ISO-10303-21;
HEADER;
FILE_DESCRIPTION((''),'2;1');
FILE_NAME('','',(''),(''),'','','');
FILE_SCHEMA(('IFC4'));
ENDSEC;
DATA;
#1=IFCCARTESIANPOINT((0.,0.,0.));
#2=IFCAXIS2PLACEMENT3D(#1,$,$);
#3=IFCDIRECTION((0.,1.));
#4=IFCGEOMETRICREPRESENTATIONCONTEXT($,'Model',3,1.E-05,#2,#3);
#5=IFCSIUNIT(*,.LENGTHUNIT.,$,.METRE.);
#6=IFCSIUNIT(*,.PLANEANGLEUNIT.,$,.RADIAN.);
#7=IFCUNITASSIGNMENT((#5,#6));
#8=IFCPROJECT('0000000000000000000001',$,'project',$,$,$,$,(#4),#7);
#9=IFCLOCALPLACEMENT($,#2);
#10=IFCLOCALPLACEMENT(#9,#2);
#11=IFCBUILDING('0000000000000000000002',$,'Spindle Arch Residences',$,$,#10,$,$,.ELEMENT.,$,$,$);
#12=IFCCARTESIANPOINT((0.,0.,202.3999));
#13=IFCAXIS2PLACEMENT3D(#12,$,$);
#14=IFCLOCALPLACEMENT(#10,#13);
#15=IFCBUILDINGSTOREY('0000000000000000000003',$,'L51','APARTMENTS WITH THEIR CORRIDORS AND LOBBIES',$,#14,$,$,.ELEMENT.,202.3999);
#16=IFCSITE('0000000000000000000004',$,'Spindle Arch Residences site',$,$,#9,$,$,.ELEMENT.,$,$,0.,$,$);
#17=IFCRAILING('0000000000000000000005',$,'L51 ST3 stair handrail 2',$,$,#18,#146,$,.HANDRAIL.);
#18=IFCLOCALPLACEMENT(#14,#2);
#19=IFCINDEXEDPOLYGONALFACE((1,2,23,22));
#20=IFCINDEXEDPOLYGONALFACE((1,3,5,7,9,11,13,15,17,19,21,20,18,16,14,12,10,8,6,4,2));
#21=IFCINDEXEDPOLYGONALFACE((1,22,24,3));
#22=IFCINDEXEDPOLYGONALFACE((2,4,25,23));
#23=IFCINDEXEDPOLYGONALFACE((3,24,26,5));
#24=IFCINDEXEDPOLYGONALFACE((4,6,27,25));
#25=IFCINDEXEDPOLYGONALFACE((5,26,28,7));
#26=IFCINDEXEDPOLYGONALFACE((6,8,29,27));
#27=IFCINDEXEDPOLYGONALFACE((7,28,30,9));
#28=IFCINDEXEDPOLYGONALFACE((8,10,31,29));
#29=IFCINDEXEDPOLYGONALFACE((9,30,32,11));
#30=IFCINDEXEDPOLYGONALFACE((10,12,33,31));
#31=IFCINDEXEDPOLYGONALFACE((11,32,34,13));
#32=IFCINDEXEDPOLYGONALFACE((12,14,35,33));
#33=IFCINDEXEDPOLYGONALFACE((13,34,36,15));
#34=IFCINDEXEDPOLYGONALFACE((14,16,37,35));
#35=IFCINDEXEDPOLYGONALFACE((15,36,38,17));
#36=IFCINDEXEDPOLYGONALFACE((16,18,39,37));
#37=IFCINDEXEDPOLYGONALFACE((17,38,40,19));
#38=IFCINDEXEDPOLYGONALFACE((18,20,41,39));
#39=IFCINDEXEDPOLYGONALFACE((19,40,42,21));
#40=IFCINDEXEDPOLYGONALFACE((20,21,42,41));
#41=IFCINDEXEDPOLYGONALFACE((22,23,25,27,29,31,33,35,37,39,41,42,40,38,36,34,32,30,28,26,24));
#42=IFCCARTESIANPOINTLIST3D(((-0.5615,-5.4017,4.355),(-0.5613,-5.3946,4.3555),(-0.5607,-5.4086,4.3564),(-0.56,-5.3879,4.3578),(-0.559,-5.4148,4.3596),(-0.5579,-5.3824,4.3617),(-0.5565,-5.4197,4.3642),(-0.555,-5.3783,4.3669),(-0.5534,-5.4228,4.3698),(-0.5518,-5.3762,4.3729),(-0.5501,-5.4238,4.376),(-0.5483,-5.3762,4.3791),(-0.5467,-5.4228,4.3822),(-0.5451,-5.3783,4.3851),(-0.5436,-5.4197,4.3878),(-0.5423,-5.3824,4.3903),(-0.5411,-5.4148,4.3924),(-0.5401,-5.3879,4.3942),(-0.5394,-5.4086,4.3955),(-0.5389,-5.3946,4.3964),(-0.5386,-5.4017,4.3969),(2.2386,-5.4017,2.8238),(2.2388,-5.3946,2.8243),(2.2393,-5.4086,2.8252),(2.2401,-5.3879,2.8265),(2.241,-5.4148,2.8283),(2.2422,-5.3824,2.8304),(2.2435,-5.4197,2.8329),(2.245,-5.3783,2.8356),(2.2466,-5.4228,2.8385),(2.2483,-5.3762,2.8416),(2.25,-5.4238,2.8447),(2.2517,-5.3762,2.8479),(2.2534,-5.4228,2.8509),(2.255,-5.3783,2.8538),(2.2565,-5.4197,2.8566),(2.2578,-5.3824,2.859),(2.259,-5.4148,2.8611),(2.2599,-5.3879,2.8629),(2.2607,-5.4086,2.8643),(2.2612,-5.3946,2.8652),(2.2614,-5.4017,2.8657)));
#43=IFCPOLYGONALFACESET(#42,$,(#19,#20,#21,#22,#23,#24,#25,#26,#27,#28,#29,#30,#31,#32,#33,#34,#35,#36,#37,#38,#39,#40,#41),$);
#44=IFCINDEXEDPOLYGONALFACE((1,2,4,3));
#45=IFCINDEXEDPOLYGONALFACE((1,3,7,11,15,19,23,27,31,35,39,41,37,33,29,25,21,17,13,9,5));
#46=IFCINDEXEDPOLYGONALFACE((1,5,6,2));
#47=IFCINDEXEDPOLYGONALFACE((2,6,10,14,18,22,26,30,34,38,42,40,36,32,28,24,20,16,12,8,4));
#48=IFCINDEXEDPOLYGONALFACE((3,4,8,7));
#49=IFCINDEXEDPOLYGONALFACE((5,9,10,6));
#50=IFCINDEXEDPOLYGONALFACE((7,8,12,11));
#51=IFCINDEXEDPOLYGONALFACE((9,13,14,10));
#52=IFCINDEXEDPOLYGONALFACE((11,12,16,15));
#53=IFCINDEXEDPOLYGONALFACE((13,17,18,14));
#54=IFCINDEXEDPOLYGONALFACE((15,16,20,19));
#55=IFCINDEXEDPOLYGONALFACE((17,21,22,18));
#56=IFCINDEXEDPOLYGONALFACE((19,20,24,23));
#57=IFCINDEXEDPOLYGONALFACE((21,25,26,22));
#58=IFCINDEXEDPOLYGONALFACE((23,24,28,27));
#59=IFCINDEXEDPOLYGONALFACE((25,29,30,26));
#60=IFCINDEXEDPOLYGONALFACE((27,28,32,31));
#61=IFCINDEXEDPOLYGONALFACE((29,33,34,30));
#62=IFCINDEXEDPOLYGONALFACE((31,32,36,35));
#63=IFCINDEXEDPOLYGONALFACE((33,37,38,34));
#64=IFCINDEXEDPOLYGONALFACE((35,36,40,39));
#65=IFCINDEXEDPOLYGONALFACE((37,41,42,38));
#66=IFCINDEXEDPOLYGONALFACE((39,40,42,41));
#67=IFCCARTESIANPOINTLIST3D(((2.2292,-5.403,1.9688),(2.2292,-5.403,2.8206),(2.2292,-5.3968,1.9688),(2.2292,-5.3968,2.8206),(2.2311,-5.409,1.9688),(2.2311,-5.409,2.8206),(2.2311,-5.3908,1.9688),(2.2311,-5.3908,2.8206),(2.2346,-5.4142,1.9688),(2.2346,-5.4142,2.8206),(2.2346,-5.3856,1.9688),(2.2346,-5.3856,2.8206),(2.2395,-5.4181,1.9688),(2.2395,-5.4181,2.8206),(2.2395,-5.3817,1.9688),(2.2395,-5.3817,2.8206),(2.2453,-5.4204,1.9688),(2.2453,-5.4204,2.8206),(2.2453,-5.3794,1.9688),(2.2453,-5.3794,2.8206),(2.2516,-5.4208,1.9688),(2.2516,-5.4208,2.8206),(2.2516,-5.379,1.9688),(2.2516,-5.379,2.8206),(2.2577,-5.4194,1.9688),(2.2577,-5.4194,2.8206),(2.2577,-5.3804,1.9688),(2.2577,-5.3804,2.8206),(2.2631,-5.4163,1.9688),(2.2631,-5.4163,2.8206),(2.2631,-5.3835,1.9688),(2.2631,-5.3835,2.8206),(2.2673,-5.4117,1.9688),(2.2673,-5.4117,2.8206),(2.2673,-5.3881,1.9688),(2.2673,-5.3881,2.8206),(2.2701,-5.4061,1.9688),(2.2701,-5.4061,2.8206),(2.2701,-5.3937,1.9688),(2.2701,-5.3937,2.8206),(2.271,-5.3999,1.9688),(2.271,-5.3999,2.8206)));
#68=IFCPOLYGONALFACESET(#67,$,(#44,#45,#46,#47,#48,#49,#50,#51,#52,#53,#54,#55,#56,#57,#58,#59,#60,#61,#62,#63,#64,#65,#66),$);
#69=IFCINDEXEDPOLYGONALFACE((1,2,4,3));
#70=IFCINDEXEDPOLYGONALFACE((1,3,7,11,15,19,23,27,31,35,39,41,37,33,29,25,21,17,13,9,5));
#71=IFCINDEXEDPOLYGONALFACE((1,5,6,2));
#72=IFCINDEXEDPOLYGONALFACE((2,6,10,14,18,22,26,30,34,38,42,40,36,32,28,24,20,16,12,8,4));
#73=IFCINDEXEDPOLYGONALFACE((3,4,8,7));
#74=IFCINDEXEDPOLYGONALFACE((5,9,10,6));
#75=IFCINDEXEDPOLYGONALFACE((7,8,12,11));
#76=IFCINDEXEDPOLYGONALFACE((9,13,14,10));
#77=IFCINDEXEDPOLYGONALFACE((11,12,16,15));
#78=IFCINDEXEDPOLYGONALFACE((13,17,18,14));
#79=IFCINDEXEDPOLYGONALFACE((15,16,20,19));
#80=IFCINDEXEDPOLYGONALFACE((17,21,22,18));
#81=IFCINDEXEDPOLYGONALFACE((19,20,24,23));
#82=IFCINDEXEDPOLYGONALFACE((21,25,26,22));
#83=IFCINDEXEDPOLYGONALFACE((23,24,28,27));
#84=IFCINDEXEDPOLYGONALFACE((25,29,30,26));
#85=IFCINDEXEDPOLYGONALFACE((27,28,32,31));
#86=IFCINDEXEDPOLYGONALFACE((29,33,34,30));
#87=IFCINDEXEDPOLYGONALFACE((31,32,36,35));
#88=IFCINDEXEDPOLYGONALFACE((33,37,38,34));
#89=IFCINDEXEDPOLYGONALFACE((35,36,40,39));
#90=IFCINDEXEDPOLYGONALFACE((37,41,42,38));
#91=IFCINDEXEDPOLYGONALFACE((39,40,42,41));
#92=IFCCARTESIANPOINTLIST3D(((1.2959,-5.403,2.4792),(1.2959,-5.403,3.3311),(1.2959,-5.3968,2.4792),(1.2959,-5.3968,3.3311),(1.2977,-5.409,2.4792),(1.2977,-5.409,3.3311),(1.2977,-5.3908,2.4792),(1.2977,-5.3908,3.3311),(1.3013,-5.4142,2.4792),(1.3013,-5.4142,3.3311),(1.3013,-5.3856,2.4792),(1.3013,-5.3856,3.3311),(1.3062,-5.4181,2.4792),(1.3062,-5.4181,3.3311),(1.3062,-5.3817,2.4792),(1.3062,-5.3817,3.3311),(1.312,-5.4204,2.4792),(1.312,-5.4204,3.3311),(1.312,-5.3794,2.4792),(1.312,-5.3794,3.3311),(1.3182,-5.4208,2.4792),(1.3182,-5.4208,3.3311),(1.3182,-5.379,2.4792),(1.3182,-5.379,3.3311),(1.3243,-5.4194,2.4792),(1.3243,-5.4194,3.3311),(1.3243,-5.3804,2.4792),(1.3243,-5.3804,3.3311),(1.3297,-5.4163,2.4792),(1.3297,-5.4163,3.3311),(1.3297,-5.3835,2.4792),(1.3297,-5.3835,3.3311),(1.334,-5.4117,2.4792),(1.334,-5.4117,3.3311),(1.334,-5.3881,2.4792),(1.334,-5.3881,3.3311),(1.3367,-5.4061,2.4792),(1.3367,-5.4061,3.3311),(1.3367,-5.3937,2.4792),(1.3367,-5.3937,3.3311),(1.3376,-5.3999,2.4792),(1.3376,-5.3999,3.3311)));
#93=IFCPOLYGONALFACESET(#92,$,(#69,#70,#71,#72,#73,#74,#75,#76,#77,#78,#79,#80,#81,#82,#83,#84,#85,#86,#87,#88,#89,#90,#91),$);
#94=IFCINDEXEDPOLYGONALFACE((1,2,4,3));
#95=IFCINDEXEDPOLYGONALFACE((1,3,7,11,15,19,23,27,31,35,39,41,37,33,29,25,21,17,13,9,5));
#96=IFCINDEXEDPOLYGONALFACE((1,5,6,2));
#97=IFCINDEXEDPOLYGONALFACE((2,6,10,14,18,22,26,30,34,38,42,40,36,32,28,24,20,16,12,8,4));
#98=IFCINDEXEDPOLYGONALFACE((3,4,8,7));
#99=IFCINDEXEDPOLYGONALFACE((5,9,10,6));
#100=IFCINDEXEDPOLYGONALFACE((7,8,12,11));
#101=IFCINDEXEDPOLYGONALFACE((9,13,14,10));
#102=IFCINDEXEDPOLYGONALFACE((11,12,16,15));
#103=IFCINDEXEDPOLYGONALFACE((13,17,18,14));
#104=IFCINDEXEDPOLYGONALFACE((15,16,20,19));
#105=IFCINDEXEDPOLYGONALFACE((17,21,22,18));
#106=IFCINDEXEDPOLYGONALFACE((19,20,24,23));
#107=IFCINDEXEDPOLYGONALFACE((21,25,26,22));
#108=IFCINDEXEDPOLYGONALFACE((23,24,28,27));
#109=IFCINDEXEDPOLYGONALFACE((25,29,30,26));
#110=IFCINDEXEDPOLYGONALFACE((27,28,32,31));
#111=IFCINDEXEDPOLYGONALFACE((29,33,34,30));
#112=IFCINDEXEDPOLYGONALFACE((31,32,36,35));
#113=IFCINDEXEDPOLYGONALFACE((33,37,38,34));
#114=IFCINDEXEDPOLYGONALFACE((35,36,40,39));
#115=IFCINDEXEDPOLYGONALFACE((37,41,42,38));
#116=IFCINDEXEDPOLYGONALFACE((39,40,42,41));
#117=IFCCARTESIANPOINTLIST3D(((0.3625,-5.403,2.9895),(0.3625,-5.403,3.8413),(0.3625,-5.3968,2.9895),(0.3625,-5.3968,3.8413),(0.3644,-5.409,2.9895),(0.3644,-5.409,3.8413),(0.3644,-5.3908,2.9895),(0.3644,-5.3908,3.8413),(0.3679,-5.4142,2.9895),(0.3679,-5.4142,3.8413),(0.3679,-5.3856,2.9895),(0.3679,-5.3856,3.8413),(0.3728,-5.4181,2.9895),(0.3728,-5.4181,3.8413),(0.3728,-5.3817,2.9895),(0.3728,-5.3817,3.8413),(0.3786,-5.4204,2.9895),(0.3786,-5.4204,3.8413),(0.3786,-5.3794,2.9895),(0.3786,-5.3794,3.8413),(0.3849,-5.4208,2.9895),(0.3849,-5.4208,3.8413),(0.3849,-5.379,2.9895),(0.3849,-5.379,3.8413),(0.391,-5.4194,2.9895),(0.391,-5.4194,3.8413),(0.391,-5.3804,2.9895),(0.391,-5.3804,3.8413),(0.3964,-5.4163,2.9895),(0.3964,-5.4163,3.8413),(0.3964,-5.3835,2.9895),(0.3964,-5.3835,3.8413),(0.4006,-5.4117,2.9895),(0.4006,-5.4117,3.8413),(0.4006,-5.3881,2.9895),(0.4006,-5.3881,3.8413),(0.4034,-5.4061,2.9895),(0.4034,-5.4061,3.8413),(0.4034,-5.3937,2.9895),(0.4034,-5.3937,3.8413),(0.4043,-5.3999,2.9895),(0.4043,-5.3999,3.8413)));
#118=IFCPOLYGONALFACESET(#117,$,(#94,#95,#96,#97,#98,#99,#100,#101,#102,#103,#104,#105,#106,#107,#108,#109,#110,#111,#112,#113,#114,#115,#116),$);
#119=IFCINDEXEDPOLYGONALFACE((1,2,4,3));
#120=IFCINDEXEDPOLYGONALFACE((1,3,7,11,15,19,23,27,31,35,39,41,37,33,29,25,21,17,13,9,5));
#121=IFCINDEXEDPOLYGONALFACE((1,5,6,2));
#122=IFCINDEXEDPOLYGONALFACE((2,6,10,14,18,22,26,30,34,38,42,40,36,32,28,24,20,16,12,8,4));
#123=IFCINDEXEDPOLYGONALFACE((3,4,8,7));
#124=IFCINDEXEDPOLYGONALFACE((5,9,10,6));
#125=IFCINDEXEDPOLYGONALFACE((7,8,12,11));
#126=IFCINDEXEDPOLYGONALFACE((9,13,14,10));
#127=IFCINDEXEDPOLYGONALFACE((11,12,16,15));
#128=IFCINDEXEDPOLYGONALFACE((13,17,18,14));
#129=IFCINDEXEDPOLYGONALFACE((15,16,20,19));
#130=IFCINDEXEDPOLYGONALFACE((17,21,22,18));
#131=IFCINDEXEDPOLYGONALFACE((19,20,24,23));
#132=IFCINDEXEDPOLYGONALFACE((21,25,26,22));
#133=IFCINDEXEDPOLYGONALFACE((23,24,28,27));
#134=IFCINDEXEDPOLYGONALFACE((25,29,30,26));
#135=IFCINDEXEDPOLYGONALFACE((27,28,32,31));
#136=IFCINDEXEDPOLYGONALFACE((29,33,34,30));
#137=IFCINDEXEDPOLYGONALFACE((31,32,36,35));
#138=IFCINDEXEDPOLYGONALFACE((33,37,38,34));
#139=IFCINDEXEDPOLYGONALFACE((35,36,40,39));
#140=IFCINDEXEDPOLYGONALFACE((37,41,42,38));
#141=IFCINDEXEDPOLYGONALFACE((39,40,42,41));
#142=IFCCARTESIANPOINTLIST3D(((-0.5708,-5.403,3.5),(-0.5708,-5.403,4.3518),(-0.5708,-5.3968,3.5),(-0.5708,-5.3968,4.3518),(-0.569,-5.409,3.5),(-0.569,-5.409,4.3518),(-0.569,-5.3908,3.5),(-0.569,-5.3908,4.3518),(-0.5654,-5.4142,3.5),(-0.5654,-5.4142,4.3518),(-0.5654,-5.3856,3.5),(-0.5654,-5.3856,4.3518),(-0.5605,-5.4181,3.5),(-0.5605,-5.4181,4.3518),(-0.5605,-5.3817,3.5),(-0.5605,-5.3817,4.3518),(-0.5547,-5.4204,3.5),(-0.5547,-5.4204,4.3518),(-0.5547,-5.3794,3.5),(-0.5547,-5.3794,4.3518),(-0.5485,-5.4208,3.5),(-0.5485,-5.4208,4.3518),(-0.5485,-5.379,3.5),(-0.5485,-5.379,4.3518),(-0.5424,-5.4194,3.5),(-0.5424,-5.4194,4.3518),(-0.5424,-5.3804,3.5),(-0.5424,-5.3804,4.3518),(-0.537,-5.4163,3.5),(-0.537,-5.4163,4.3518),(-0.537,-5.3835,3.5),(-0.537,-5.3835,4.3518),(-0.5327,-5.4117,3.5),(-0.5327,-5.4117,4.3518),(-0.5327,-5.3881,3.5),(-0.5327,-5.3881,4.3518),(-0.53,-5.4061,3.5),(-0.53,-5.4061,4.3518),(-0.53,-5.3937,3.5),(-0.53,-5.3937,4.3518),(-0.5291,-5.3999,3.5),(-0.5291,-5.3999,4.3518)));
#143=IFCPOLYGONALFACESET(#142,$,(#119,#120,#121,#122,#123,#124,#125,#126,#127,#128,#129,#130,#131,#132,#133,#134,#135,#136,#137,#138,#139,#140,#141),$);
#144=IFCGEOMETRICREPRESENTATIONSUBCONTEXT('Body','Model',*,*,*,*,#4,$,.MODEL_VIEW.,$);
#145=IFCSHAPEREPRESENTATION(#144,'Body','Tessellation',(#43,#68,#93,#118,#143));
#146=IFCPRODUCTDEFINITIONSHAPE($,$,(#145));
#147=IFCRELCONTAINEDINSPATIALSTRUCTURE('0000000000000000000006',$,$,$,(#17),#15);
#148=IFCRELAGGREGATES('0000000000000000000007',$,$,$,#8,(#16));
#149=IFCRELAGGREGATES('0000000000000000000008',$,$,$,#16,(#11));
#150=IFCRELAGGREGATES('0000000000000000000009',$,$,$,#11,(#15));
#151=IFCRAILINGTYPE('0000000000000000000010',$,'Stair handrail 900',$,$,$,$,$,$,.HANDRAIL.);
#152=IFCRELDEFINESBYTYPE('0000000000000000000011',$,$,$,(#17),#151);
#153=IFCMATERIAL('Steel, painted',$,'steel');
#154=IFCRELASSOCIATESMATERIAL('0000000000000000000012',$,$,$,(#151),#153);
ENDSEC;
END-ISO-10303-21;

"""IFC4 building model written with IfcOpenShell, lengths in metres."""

from ifc_helpers import new_model, si_unit, direction, frame, origin, origin_2d, place, context, subcontext, project, spatial, circle, extrude, material, type_object, element, save


model = new_model("IFC4")

# Units and contexts
model_context = context("Model", 3, precision=1e-05, world=origin(), true_north=direction((0.0, 1.0)))
body_context = subcontext(model_context, "Body", "Model", "MODEL_VIEW")
ifc_project = project(units=[si_unit("LENGTHUNIT", "METRE"), si_unit("PLANEANGLEUNIT", "RADIAN")], contexts=[model_context])

# Site, building, storey
site_placement = place(None, origin())
site = spatial("IfcSite", under=ifc_project, at=site_placement, Name="Spindle Arch Residences site", CompositionType="ELEMENT", RefElevation=0.0)
building_placement = place(site_placement, origin())
building = spatial("IfcBuilding", under=site, at=building_placement, Name="Spindle Arch Residences", CompositionType="ELEMENT")
storey_placement = place(building_placement, frame((0.0, 0.0, 202.3999)))
storey = spatial("IfcBuildingStorey", under=building, at=storey_placement, Name="L51", Description="APARTMENTS WITH THEIR CORRIDORS AND LOBBIES", CompositionType="ELEMENT", Elevation=202.3999)

# Railing
ifc_material_1 = material(Name="Steel, painted", Category="steel")
railing_type_1 = type_object("IfcRailingType", Name="Stair handrail 900", PredefinedType="HANDRAIL", material=ifc_material_1)
railing_1_placement = place(storey_placement, frame((2.25, -5.3999, 1.9688)))
element("IfcRailing", 1, at=railing_1_placement, inside=storey, type_object=railing_type_1, Name="L51 ST3 stair handrail 2", PredefinedType="HANDRAIL", context=body_context, shape_type="SweptSolid", body=[
    extrude(circle(Radius=0.0239, at=origin_2d()), frame((0.0, 0.0, 0.876), z_axis=(-0.877375, 0.0, 0.479806), x_axis=(0.0, -1.0, 0.0)), (0.0, 0.0, 1.0), 3.1914),
    extrude(circle(Radius=0.021, at=origin_2d()), origin(), (0.0, 0.0, 1.0), 0.8518),
    extrude(circle(Radius=0.021, at=origin_2d()), frame((-0.9333, 0.0, 0.5105)), (0.0, 0.0, 1.0), 0.8518),
    extrude(circle(Radius=0.021, at=origin_2d()), frame((-1.8667, 0.0, 1.0208)), (0.0, 0.0, 1.0), 0.8518),
    extrude(circle(Radius=0.021, at=origin_2d()), frame((-2.8, 0.0, 1.5312)), (0.0, 0.0, 1.0), 0.8518),
])

save(model, "model.ifc")
